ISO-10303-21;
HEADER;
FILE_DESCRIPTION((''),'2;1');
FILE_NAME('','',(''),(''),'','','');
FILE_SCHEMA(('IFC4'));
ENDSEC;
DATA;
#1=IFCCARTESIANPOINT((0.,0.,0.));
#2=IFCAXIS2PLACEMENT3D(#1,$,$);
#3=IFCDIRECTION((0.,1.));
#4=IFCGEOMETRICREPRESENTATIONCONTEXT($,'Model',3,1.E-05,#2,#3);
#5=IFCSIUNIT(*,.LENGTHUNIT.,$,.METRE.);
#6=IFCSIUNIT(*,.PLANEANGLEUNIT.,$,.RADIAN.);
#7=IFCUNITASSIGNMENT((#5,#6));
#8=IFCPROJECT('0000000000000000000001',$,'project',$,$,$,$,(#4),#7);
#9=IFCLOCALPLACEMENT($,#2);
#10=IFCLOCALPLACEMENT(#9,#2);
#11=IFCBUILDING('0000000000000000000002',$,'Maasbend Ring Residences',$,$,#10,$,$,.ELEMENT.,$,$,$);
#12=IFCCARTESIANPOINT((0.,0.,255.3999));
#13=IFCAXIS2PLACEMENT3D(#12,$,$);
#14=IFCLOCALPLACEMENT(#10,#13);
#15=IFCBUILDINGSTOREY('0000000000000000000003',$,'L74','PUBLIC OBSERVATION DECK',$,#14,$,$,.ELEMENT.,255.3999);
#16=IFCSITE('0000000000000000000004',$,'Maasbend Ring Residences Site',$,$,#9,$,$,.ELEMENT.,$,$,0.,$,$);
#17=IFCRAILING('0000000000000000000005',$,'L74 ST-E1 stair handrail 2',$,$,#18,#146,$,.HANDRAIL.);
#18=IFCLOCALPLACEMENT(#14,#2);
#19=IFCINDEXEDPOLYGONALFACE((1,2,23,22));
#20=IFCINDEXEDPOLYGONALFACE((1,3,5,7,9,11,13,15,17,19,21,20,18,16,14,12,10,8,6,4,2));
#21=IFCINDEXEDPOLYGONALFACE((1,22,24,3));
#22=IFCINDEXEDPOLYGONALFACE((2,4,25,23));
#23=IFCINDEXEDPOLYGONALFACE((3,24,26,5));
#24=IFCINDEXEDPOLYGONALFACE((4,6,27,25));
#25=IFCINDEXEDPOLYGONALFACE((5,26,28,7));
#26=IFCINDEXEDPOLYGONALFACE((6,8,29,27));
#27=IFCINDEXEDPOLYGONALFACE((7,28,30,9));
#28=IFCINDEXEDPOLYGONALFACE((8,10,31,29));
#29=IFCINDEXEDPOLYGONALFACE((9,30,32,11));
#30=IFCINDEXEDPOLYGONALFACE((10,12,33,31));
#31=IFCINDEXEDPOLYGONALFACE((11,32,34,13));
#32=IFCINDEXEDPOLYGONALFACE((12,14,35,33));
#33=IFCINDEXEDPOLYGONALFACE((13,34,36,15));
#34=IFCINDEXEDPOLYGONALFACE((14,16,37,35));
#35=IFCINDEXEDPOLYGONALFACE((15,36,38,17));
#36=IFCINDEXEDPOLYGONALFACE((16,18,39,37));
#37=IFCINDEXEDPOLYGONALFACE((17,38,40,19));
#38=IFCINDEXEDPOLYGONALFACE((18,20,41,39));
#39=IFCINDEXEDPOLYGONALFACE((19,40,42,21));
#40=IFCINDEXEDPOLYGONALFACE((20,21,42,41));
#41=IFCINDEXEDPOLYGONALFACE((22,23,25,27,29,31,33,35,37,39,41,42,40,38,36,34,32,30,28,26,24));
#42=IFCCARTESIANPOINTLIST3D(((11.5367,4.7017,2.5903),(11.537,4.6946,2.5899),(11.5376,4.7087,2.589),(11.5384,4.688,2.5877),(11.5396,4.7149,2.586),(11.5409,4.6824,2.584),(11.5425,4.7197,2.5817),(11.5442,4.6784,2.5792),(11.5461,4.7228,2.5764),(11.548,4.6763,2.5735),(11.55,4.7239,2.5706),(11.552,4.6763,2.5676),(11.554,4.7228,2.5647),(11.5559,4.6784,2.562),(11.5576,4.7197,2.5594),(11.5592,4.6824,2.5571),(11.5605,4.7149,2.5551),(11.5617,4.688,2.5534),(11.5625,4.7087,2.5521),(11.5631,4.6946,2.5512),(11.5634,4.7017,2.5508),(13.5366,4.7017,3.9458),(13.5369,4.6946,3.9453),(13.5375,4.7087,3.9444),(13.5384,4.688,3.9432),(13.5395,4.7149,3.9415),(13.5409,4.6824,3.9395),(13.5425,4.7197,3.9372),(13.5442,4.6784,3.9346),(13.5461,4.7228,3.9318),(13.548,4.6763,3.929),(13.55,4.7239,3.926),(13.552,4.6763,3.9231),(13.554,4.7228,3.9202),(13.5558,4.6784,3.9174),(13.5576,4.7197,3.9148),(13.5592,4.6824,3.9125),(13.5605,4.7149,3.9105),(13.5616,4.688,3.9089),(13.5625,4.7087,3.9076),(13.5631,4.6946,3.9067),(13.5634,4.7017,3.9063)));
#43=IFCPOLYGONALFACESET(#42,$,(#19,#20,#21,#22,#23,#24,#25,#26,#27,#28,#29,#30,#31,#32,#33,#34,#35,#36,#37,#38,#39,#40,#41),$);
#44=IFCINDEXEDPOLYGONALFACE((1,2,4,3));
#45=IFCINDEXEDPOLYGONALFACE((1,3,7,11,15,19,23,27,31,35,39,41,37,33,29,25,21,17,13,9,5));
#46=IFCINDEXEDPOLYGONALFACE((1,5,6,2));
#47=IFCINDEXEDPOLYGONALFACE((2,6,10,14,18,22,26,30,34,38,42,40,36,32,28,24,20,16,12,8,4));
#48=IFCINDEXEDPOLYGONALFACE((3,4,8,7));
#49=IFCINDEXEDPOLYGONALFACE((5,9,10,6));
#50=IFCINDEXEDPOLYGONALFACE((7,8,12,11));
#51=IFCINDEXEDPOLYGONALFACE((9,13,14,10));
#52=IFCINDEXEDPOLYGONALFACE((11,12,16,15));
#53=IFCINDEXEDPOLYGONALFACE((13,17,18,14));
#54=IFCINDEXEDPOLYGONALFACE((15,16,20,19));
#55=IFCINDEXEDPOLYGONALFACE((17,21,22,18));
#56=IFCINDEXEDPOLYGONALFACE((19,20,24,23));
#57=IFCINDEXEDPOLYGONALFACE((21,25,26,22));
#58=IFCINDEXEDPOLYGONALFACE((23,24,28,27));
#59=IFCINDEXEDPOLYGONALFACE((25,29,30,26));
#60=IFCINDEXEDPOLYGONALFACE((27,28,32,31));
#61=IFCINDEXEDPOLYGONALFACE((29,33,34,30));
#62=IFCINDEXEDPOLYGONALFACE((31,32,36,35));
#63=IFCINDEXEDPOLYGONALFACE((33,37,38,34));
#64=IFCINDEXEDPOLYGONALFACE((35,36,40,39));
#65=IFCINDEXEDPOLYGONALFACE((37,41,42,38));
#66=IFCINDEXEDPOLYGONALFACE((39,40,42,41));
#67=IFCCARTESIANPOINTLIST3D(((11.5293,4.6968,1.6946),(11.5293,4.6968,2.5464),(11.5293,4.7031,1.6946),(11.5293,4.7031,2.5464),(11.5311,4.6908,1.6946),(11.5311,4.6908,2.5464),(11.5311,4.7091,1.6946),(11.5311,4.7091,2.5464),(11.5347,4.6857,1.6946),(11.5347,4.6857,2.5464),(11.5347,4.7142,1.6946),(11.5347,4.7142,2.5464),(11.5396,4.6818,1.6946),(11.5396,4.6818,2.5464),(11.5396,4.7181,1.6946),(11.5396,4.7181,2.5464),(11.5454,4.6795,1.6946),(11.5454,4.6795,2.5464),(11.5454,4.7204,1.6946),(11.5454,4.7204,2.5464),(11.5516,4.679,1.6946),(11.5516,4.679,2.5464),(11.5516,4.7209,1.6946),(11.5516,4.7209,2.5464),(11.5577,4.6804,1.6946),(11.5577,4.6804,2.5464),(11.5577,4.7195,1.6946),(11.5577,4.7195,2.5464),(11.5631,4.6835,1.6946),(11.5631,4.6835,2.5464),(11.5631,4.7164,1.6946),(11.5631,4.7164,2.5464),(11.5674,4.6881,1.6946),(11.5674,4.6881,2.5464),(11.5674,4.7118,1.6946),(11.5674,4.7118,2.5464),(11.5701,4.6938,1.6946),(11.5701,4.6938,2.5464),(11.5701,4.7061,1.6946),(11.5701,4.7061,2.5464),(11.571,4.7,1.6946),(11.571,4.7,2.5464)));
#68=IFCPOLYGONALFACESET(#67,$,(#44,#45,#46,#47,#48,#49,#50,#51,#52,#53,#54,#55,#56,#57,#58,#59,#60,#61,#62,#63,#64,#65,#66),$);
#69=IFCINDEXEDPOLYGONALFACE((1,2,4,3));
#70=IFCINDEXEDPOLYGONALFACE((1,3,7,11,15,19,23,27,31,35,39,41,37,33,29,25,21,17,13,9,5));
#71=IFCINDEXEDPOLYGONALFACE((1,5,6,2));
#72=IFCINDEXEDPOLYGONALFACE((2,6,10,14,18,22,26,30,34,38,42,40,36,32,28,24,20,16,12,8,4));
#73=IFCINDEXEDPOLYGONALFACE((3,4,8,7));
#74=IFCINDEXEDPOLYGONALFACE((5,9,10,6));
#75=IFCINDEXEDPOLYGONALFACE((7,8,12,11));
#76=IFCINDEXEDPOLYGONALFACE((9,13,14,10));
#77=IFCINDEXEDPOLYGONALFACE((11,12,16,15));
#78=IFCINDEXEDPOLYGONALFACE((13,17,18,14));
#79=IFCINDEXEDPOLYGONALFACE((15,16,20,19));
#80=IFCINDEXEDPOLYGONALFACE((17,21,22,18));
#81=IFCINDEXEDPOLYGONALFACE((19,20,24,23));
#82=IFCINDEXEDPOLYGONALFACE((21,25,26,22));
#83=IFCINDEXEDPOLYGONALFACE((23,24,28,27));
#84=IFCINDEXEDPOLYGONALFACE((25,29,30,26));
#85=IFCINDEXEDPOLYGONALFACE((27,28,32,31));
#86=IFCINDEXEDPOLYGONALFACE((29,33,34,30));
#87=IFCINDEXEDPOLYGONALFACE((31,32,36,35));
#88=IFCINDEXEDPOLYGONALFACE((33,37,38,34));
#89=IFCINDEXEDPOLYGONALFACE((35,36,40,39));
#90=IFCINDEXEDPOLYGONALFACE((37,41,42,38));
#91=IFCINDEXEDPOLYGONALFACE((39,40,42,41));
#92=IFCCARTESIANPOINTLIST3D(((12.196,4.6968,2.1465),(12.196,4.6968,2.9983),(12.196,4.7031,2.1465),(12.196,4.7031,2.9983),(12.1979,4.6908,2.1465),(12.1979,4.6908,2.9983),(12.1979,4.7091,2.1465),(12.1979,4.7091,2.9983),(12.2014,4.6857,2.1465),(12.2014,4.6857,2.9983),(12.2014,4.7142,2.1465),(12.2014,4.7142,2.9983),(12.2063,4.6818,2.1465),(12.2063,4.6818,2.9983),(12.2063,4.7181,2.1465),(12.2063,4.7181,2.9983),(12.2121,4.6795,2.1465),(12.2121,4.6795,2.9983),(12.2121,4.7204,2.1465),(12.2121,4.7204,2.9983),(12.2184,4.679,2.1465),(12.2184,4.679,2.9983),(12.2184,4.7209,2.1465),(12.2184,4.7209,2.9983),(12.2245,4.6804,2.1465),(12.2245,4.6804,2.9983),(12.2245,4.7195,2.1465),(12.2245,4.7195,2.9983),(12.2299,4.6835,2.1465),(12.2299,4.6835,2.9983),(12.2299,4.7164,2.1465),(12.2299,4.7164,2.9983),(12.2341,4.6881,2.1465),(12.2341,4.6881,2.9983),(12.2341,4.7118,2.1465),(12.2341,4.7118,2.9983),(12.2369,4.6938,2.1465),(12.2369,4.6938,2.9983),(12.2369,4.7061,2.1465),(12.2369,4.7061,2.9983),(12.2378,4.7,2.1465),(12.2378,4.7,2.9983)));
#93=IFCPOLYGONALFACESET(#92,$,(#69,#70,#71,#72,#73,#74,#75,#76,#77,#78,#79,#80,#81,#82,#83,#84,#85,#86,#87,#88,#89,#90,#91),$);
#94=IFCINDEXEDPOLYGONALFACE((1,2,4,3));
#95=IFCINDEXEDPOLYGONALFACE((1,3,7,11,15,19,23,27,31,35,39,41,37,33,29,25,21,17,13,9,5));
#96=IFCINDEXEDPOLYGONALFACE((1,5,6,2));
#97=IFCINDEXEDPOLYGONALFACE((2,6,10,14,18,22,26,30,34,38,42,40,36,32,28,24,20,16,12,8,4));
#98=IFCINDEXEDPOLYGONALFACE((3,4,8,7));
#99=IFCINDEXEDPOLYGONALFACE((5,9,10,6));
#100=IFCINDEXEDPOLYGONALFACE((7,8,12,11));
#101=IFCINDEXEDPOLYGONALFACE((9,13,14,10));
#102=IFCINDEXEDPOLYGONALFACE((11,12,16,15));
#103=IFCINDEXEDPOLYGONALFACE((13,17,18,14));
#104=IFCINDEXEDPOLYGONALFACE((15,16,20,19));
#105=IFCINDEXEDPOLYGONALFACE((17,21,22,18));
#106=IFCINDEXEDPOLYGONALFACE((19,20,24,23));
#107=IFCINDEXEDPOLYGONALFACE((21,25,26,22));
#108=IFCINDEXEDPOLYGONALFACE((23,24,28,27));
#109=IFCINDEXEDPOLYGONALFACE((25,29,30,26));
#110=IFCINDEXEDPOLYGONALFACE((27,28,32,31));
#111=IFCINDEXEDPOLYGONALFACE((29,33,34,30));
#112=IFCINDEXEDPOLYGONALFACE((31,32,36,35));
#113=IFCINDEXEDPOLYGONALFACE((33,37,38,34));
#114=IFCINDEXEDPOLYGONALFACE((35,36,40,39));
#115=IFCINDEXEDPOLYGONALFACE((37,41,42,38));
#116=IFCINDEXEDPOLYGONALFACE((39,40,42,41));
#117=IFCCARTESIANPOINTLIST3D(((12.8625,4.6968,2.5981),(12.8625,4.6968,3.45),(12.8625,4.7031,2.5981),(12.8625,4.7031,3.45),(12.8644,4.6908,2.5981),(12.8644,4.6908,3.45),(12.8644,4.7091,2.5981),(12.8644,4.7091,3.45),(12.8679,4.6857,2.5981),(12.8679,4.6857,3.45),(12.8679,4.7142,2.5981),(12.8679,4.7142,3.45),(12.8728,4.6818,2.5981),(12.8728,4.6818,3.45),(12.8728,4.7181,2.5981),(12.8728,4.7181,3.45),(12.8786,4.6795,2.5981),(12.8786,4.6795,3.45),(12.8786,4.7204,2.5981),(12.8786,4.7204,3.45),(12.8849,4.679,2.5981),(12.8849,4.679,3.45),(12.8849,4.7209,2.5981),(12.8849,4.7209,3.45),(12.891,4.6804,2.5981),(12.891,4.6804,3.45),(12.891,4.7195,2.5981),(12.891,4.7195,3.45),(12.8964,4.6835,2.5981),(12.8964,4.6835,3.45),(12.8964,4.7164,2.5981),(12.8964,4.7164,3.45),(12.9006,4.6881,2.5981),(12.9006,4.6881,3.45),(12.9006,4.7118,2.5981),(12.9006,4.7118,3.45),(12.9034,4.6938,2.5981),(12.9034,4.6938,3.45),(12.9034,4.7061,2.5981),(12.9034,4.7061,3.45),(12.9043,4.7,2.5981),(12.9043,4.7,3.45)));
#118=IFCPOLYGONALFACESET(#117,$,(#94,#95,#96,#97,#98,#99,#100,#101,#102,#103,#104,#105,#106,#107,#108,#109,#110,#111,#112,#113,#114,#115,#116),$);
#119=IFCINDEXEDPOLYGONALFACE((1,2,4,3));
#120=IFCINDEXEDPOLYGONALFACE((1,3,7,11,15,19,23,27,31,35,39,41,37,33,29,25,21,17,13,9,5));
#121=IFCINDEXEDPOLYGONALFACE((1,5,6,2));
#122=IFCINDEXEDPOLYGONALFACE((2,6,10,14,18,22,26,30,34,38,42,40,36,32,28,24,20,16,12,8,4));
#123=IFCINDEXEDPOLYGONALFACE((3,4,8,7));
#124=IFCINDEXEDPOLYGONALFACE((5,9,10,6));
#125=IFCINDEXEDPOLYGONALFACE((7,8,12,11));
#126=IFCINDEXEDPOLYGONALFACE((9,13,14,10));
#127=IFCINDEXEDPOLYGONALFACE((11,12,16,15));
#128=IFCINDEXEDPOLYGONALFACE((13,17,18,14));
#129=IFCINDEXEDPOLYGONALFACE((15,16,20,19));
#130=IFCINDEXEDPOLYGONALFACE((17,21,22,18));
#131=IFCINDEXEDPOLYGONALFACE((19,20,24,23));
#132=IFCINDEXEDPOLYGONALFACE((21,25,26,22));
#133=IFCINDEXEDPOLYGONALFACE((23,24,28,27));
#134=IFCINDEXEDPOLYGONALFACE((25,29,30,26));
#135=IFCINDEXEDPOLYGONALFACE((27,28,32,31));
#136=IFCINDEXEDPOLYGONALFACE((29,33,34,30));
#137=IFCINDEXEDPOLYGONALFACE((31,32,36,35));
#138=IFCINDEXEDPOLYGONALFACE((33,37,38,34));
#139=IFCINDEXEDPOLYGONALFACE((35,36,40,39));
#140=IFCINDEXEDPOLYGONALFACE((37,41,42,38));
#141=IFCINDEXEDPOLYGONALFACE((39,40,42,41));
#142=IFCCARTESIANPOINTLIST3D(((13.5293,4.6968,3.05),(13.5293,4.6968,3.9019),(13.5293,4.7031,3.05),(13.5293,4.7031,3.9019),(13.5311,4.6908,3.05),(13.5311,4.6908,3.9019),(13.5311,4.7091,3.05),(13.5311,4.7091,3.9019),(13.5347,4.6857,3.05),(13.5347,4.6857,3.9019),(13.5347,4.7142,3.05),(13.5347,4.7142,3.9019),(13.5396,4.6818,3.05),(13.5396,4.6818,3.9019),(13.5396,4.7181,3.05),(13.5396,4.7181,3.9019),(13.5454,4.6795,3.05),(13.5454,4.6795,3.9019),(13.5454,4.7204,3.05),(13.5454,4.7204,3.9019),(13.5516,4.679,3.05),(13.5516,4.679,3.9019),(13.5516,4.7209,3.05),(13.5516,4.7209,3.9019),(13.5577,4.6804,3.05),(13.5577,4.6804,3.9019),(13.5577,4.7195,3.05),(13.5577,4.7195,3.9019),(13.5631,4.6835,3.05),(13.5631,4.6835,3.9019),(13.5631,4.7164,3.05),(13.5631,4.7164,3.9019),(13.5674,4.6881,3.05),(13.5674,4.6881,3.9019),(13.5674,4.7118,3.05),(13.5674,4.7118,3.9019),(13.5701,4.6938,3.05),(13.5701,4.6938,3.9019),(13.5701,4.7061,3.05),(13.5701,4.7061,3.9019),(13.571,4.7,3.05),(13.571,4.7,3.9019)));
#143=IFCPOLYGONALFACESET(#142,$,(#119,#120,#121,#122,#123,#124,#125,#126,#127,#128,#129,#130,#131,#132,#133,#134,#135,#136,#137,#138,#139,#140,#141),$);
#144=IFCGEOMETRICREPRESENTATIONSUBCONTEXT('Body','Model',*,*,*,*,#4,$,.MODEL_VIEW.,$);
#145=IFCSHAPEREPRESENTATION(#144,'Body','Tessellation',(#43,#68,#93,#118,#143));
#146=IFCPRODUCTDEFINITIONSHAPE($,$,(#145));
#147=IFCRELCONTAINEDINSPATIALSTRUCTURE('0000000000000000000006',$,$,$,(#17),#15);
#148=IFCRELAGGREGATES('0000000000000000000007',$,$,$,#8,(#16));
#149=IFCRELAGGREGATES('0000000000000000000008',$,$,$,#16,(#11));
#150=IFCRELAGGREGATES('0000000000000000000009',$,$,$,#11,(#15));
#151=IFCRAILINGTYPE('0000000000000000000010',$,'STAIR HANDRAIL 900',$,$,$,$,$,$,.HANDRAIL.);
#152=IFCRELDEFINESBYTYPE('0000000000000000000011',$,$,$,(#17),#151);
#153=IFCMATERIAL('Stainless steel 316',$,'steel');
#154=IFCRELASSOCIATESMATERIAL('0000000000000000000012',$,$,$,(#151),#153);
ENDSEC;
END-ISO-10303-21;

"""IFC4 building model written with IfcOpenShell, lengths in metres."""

from ifc_helpers import new_model, si_unit, direction, frame, origin, origin_2d, place, context, subcontext, project, spatial, circle, extrude, material, type_object, element, save


model = new_model("IFC4")

# Units and contexts
model_context = context("Model", 3, precision=1e-05, world=origin(), true_north=direction((0.0, 1.0)))
body_context = subcontext(model_context, "Body", "Model", "MODEL_VIEW")
ifc_project = project(units=[si_unit("LENGTHUNIT", "METRE"), si_unit("PLANEANGLEUNIT", "RADIAN")], contexts=[model_context])

# Site, building, storey
site_placement = place(None, origin())
site = spatial("IfcSite", under=ifc_project, at=site_placement, Name="Maasbend Ring Residences Site", CompositionType="ELEMENT", RefElevation=0.0)
building_placement = place(site_placement, origin())
building = spatial("IfcBuilding", under=site, at=building_placement, Name="Maasbend Ring Residences", CompositionType="ELEMENT")
storey_placement = place(building_placement, frame((0.0, 0.0, 255.3999)))
storey = spatial("IfcBuildingStorey", under=building, at=storey_placement, Name="L74", Description="PUBLIC OBSERVATION DECK", CompositionType="ELEMENT", Elevation=255.3999)

# Railing
ifc_material_1 = material(Name="Stainless steel 316", Category="steel")
railing_type_1 = type_object("IfcRailingType", Name="STAIR HANDRAIL 900", PredefinedType="HANDRAIL", material=ifc_material_1)
for number, where, name in (
    (1, (11.55, 4.7, 1.6946), "L74 ST-E1 stair handrail 2"),
):
    element("IfcRailing", number, at=place(storey_placement, frame(where)), inside=storey, type_object=railing_type_1, Name=name, PredefinedType="HANDRAIL", context=body_context, shape_type="SweptSolid", body=[
        extrude(circle(Radius=0.0239, at=origin_2d()), frame((0.0, 0.0, 0.876), z_axis=(0.827798, 0.0, 0.561027), x_axis=(0.0, 1.0, 0.0)), (0.0, 0.0, 1.0), 2.416),
        extrude(circle(Radius=0.021, at=origin_2d()), origin(), (0.0, 0.0, 1.0), 0.8518),
        extrude(circle(Radius=0.021, at=origin_2d()), frame((0.6667, 0.0, 0.4519)), (0.0, 0.0, 1.0), 0.8518),
        extrude(circle(Radius=0.021, at=origin_2d()), frame((1.3333, 0.0, 0.9036)), (0.0, 0.0, 1.0), 0.8518),
        extrude(circle(Radius=0.021, at=origin_2d()), frame((2.0, 0.0, 1.3555)), (0.0, 0.0, 1.0), 0.8518),
    ])

save(model, "model.ifc")
